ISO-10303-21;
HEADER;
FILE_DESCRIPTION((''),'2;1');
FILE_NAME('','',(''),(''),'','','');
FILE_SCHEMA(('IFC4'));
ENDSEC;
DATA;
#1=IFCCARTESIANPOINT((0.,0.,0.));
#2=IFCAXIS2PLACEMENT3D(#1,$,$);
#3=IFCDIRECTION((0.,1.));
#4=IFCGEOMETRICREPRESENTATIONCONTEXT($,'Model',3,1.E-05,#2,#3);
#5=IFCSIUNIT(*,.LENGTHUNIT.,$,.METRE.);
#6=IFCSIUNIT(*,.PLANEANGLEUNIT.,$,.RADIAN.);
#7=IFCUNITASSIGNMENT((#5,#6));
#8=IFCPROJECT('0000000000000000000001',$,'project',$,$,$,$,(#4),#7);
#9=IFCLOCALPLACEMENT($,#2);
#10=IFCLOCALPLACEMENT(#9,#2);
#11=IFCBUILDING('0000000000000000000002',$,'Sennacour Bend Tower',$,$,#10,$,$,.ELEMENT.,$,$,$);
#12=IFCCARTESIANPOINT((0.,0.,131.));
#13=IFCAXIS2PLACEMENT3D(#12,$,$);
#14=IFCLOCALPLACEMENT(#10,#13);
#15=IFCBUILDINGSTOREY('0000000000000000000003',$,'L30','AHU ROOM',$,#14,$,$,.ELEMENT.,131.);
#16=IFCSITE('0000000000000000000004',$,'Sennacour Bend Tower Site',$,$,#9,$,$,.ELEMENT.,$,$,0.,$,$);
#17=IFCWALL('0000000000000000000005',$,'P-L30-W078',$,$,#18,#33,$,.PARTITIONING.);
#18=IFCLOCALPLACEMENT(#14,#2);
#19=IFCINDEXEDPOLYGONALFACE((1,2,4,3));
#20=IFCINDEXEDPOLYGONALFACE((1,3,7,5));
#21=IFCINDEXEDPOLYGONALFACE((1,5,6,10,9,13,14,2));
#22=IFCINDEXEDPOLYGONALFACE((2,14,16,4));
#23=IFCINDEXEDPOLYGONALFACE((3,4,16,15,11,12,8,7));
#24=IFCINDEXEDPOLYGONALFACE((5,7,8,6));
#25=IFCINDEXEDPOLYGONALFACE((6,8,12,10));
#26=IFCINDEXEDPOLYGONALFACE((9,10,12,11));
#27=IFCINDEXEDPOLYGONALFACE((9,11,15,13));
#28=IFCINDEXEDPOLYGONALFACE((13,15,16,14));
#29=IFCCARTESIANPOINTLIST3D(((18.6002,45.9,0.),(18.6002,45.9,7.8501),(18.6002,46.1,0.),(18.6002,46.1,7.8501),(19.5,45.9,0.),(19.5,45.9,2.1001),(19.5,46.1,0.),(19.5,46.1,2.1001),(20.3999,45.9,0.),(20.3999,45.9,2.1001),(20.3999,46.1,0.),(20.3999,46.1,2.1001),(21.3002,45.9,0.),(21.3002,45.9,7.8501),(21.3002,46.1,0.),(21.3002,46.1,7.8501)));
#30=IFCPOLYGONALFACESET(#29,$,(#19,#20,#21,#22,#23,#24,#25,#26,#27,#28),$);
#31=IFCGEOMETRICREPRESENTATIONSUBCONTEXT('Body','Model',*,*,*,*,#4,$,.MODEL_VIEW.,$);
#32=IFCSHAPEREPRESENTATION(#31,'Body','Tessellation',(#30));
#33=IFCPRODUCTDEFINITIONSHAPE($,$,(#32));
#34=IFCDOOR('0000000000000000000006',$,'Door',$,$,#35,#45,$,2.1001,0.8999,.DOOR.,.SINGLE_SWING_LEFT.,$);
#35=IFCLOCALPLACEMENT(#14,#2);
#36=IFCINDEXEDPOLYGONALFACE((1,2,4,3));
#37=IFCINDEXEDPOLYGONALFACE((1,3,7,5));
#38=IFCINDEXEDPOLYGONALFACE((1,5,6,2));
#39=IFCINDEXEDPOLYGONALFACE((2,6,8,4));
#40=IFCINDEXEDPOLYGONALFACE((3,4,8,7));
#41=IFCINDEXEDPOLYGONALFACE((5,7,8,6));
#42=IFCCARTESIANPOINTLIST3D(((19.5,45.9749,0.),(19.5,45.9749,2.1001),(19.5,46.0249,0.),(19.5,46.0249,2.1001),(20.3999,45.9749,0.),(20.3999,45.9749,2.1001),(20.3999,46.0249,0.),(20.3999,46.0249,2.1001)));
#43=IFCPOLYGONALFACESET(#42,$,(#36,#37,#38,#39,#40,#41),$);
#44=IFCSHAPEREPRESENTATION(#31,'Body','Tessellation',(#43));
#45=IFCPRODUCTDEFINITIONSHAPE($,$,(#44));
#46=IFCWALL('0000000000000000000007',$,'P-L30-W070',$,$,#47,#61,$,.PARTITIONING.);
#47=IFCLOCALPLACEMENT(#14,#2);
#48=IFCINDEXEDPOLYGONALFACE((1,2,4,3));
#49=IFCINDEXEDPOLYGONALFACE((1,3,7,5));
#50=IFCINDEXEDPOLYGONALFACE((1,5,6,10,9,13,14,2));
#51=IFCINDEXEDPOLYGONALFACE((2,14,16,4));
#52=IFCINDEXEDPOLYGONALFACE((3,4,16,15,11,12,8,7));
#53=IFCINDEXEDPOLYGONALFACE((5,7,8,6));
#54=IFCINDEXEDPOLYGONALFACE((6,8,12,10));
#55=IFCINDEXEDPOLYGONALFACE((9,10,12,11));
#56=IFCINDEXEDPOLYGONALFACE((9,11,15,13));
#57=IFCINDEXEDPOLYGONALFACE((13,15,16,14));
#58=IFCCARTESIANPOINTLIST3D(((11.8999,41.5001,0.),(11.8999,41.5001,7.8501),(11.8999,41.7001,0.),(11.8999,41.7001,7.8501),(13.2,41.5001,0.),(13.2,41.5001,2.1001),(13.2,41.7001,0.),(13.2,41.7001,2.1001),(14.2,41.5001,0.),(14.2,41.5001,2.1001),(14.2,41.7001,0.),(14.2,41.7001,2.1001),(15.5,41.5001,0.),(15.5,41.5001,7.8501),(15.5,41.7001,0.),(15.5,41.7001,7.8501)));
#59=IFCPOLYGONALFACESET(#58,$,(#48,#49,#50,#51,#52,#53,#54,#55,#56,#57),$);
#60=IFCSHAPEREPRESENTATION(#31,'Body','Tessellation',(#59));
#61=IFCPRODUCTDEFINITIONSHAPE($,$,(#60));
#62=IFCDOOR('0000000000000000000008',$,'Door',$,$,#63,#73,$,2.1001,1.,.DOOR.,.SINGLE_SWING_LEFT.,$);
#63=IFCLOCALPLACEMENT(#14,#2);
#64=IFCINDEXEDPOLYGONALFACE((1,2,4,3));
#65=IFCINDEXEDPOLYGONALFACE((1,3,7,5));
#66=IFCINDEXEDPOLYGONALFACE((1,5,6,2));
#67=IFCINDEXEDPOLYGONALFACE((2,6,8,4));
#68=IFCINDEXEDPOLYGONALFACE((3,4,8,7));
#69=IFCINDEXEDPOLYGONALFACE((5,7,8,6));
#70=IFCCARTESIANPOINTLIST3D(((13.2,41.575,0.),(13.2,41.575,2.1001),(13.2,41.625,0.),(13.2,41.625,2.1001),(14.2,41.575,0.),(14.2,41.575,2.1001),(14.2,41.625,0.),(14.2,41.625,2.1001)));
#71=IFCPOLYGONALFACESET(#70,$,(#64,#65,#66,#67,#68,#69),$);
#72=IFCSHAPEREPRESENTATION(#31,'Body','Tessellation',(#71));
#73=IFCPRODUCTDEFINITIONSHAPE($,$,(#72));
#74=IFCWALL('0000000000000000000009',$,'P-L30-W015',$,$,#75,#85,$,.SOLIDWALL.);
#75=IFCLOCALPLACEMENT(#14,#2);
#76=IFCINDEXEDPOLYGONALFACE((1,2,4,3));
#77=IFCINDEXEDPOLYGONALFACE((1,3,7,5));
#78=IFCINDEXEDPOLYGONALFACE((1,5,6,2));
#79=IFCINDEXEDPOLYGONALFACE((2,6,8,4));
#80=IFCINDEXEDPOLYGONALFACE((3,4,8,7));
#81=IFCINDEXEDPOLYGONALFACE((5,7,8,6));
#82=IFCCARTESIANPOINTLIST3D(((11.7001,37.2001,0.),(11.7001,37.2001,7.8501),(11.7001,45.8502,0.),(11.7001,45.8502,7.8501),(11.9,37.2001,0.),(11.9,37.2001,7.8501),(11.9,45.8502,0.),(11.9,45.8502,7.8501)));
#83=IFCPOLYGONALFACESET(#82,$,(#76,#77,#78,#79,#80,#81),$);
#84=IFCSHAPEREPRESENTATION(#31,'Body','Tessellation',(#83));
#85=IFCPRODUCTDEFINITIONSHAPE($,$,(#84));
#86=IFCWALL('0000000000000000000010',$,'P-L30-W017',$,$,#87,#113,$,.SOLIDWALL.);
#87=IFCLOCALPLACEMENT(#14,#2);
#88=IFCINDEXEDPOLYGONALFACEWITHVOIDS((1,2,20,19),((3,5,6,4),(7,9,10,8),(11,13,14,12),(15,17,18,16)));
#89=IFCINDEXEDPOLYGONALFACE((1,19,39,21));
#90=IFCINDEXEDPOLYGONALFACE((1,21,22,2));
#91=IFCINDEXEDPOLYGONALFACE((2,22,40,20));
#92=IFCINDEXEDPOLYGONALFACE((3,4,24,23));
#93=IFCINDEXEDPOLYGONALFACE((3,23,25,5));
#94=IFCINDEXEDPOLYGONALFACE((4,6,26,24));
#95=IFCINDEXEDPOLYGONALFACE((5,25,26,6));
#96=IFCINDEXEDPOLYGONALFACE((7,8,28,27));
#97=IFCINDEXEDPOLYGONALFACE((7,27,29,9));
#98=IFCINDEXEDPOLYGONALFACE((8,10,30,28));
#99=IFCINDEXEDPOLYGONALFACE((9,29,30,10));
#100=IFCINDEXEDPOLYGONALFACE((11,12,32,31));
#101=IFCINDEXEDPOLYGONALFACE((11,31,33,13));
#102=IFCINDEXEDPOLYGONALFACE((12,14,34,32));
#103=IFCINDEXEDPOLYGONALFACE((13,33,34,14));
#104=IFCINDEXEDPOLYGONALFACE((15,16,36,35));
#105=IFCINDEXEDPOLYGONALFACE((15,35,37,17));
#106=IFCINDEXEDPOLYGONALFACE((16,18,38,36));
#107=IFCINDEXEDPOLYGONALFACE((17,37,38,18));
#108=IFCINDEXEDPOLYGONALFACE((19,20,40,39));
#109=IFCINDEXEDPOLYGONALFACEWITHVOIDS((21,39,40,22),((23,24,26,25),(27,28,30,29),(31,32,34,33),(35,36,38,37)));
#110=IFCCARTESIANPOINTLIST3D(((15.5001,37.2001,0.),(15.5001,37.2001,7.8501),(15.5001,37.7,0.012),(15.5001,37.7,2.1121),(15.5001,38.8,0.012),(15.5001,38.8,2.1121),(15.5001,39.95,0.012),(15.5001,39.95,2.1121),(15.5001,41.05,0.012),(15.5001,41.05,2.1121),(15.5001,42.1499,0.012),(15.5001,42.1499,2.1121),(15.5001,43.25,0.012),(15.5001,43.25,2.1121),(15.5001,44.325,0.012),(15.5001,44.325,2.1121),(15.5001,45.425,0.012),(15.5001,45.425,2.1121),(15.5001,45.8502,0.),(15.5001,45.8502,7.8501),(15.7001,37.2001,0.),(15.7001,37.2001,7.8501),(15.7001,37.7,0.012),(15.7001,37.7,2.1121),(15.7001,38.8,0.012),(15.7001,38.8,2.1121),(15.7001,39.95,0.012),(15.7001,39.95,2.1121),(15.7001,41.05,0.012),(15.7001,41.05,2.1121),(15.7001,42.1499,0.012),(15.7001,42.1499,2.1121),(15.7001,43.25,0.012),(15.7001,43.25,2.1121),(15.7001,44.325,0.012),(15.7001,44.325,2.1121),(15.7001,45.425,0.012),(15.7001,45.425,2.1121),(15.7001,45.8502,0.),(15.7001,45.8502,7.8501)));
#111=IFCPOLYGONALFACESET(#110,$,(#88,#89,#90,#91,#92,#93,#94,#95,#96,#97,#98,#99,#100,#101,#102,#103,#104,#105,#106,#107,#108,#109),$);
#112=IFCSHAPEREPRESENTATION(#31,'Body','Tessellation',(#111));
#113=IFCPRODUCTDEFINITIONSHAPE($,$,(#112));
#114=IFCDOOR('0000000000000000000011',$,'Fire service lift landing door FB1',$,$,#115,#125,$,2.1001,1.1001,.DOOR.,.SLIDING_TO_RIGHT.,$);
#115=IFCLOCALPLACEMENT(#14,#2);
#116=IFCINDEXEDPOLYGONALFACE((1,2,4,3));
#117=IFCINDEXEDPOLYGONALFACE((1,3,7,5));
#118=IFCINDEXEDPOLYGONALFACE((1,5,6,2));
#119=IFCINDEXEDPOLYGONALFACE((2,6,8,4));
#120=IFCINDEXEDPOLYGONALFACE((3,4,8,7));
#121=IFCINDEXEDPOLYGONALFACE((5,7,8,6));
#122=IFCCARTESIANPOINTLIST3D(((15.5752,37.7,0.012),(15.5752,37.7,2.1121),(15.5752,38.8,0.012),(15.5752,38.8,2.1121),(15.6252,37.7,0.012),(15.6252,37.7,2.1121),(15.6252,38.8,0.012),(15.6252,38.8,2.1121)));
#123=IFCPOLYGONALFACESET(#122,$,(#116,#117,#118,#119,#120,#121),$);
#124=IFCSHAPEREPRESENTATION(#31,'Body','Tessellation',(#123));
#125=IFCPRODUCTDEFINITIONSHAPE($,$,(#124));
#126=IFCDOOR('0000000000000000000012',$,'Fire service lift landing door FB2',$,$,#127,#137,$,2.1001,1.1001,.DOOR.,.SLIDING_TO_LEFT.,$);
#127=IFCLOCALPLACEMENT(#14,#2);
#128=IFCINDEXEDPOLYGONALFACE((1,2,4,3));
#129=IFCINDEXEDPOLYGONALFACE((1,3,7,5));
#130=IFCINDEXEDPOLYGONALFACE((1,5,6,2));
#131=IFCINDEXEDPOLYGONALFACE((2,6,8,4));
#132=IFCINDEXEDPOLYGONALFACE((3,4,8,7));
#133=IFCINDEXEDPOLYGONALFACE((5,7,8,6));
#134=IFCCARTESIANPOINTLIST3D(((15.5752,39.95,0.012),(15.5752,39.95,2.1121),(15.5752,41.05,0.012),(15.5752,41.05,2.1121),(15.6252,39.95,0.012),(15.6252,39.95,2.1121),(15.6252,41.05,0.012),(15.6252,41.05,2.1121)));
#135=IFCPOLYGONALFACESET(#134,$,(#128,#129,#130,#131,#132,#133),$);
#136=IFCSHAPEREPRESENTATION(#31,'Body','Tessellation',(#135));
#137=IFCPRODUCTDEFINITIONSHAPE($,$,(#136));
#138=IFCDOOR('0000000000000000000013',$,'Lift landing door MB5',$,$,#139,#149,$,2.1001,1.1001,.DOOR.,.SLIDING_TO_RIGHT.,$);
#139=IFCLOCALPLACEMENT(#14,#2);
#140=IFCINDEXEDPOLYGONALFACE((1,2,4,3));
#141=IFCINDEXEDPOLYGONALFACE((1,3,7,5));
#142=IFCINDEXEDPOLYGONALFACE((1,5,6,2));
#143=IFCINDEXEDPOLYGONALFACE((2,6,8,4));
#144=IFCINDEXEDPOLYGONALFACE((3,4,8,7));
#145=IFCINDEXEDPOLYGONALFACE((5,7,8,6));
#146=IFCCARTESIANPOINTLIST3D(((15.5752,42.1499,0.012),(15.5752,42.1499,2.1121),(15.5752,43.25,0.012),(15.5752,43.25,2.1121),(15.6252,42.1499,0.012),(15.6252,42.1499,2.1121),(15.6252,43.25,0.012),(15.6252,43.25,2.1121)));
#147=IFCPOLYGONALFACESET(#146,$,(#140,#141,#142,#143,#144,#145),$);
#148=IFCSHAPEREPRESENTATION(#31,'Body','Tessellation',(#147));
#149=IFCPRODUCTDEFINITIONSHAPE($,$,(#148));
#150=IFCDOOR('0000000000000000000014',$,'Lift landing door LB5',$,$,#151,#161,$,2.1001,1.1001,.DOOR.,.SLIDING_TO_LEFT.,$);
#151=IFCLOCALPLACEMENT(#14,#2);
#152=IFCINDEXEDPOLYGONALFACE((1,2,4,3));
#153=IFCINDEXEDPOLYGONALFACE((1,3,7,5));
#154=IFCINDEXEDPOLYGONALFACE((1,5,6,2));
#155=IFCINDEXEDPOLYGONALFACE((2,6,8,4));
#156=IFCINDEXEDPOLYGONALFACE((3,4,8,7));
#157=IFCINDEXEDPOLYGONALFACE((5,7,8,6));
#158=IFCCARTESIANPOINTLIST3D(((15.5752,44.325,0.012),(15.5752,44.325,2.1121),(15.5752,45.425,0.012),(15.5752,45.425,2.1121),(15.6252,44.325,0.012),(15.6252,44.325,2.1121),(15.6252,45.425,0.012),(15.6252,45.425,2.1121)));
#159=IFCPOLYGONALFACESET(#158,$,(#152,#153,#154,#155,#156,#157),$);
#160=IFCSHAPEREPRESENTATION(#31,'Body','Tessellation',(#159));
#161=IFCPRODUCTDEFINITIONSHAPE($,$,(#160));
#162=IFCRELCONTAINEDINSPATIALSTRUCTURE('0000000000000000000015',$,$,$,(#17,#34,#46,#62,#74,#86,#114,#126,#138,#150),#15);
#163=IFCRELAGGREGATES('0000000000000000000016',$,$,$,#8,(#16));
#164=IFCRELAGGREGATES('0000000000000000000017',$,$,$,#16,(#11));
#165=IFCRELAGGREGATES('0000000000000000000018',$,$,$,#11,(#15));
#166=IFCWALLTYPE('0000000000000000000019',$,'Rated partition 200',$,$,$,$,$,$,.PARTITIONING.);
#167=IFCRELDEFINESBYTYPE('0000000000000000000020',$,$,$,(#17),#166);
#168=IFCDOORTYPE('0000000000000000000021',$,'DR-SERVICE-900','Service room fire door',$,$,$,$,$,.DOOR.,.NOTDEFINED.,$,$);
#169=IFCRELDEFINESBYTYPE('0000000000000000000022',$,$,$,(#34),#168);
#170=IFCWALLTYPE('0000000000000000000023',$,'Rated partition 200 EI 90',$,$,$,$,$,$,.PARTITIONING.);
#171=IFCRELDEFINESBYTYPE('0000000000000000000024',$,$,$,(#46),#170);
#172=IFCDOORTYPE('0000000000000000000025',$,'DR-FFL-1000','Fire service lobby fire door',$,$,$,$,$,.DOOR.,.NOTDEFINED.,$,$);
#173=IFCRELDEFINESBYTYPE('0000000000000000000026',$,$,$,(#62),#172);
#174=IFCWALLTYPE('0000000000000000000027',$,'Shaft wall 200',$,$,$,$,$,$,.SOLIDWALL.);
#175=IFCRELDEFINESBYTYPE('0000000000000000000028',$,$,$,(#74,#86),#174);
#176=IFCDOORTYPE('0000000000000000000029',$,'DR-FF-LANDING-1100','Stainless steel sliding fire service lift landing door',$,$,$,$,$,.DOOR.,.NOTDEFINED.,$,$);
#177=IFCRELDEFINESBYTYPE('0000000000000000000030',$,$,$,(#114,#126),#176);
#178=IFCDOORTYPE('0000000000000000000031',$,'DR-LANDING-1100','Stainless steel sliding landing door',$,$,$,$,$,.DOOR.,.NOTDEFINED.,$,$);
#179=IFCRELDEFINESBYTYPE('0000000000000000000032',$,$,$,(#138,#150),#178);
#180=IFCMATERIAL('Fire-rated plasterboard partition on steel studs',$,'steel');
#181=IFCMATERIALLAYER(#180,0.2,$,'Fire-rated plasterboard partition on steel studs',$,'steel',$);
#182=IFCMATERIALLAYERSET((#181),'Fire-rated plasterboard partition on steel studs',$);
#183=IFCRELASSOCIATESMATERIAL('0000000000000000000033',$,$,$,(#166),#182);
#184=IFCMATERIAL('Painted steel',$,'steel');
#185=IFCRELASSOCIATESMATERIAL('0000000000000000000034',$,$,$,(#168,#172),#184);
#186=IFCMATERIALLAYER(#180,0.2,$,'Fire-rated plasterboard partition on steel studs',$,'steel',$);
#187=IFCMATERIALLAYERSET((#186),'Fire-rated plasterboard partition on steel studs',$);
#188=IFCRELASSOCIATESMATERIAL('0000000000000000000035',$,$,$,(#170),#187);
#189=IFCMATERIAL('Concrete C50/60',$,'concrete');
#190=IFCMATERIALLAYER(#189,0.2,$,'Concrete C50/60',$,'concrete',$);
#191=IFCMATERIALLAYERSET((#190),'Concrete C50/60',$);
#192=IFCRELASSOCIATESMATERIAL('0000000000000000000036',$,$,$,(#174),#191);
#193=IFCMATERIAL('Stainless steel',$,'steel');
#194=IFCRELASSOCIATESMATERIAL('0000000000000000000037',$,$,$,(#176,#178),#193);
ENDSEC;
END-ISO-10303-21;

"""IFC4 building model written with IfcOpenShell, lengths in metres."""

from ifc_helpers import new_model, si_unit, direction, frame, frame_2d, origin, place, context, subcontext, project, spatial, rectangle, extrude, material, layer, layer_set, type_object, element, fill, save


model = new_model("IFC4")

# Units and contexts
model_context = context("Model", 3, precision=1e-05, world=origin(), true_north=direction((0.0, 1.0)))
body_context = subcontext(model_context, "Body", "Model", "MODEL_VIEW")
ifc_project = project(units=[si_unit("LENGTHUNIT", "METRE"), si_unit("PLANEANGLEUNIT", "RADIAN")], contexts=[model_context])

# Site, building, storey
site_placement = place(None, origin())
site = spatial("IfcSite", under=ifc_project, at=site_placement, Name="Sennacour Bend Tower Site", CompositionType="ELEMENT", RefElevation=0.0)
building_placement = place(site_placement, origin())
building = spatial("IfcBuilding", under=site, at=building_placement, Name="Sennacour Bend Tower", CompositionType="ELEMENT")
storey_placement = place(building_placement, frame((0.0, 0.0, 131.0)))
storey = spatial("IfcBuildingStorey", under=building, at=storey_placement, Name="L30", Description="AHU ROOM", CompositionType="ELEMENT", Elevation=131.0)

# Walls, openings, doors
ifc_material_1 = material(Name="Fire-rated plasterboard partition on steel studs", Category="steel")
ifc_layer_1 = layer(ifc_material_1, 0.2, Name="Fire-rated plasterboard partition on steel studs", Category="steel")
ifc_layer_set_1 = layer_set([ifc_layer_1], Name="Fire-rated plasterboard partition on steel studs")
wall_type_1 = type_object("IfcWallType", Name="Rated partition 200", PredefinedType="PARTITIONING", material=ifc_layer_set_1)
wall_1_placement = place(storey_placement, frame((18.6001, 46.0, 0.0), z_axis=(0.0, 0.0, 1.0), x_axis=(1.0, 0.0, 0.0)))
wall_1 = element("IfcWall", 1, at=wall_1_placement, inside=storey, type_object=wall_type_1, Name="P-L30-W078", PredefinedType="PARTITIONING", context=body_context, shape_type="SweptSolid", body=[
    extrude(rectangle(XDim=2.7, YDim=0.2, at=frame_2d((1.3501, 0.0))), origin(), (0.0, 0.0, 1.0), 7.8501),
])
opening_1_placement = place(wall_1_placement, frame((0.8999, 0.0, 0.0)))
opening_1 = element("IfcOpeningElement", 2, at=opening_1_placement, cuts=wall_1, PredefinedType="OPENING", context=body_context, shape_type="SweptSolid", body=[
    extrude(rectangle(XDim=0.8999, YDim=2.1001, at=frame_2d((0.45, 1.05))), frame((0.0, 0.1099, 0.0), z_axis=(0.0, -1.0, 0.0), x_axis=(1.0, 0.0, 0.0)), (0.0, 0.0, 1.0), 0.22),
])
ifc_material_2 = material(Name="Painted steel", Category="steel")
door_type_1 = type_object("IfcDoorType", Name="DR-SERVICE-900", Description="Service room fire door", OperationType="NOTDEFINED", PredefinedType="DOOR", material=ifc_material_2)
door_1_placement = place(opening_1_placement, origin())
door_1 = element("IfcDoor", 3, at=door_1_placement, inside=storey, type_object=door_type_1, Name="Door", OperationType="SINGLE_SWING_LEFT", OverallHeight=2.1001, OverallWidth=0.8999, PredefinedType="DOOR", context=body_context, shape_type="SweptSolid", body=[
    extrude(rectangle(XDim=0.8999, YDim=2.1001, at=frame_2d((0.45, 1.05))), frame((0.0, 0.0249, 0.0), z_axis=(0.0, -1.0, 0.0), x_axis=(1.0, 0.0, 0.0)), (0.0, 0.0, 1.0), 0.05),
])
fill(opening_1, door_1)
ifc_layer_2 = layer(ifc_material_1, 0.2, Name="Fire-rated plasterboard partition on steel studs", Category="steel")
ifc_layer_set_2 = layer_set([ifc_layer_2], Name="Fire-rated plasterboard partition on steel studs")
wall_type_2 = type_object("IfcWallType", Name="Rated partition 200 EI 90", PredefinedType="PARTITIONING", material=ifc_layer_set_2)
wall_2_placement = place(storey_placement, frame((11.8999, 41.6001, 0.0), z_axis=(0.0, 0.0, 1.0), x_axis=(1.0, 0.0, 0.0)))
wall_2 = element("IfcWall", 4, at=wall_2_placement, inside=storey, type_object=wall_type_2, Name="P-L30-W070", PredefinedType="PARTITIONING", context=body_context, shape_type="SweptSolid", body=[
    extrude(rectangle(XDim=3.6001, YDim=0.2, at=frame_2d((1.8, 0.0))), origin(), (0.0, 0.0, 1.0), 7.8501),
])
opening_2_placement = place(wall_2_placement, frame((1.3, 0.0, 0.0)))
opening_2 = element("IfcOpeningElement", 5, at=opening_2_placement, cuts=wall_2, PredefinedType="OPENING", context=body_context, shape_type="SweptSolid", body=[
    extrude(rectangle(XDim=1.0, YDim=2.1001, at=frame_2d((0.5, 1.05))), frame((0.0, 0.1099, 0.0), z_axis=(0.0, -1.0, 0.0), x_axis=(1.0, 0.0, 0.0)), (0.0, 0.0, 1.0), 0.22),
])
door_type_2 = type_object("IfcDoorType", Name="DR-FFL-1000", Description="Fire service lobby fire door", OperationType="NOTDEFINED", PredefinedType="DOOR", material=ifc_material_2)
door_2_placement = place(opening_2_placement, origin())
door_2 = element("IfcDoor", 6, at=door_2_placement, inside=storey, type_object=door_type_2, Name="Door", OperationType="SINGLE_SWING_LEFT", OverallHeight=2.1001, OverallWidth=1.0, PredefinedType="DOOR", context=body_context, shape_type="SweptSolid", body=[
    extrude(rectangle(XDim=1.0, YDim=2.1001, at=frame_2d((0.5, 1.05))), frame((0.0, 0.0249, 0.0), z_axis=(0.0, -1.0, 0.0), x_axis=(1.0, 0.0, 0.0)), (0.0, 0.0, 1.0), 0.05),
])
fill(opening_2, door_2)

# Wall
ifc_material_3 = material(Name="Concrete C50/60", Category="concrete")
ifc_layer_3 = layer(ifc_material_3, 0.2, Name="Concrete C50/60", Category="concrete")
ifc_layer_set_3 = layer_set([ifc_layer_3], Name="Concrete C50/60")
wall_type_3 = type_object("IfcWallType", Name="Shaft wall 200", PredefinedType="SOLIDWALL", material=ifc_layer_set_3)
wall_3_placement = place(storey_placement, frame((11.8, 37.2, 0.0), z_axis=(0.0, 0.0, 1.0), x_axis=(0.0, 1.0, 0.0)))
element("IfcWall", 7, at=wall_3_placement, inside=storey, type_object=wall_type_3, Name="P-L30-W015", PredefinedType="SOLIDWALL", context=body_context, shape_type="SweptSolid", body=[
    extrude(rectangle(XDim=8.6501, YDim=0.2, at=frame_2d((4.3252, 0.0))), origin(), (0.0, 0.0, 1.0), 7.8501),
])

# Wall, openings, doors
wall_4_placement = place(storey_placement, frame((15.6001, 37.2, 0.0), z_axis=(0.0, 0.0, 1.0), x_axis=(0.0, 1.0, 0.0)))
wall_4 = element("IfcWall", 8, at=wall_4_placement, inside=storey, type_object=wall_type_3, Name="P-L30-W017", PredefinedType="SOLIDWALL", context=body_context, shape_type="SweptSolid", body=[
    extrude(rectangle(XDim=8.6501, YDim=0.2, at=frame_2d((4.3252, 0.0))), origin(), (0.0, 0.0, 1.0), 7.8501),
])
opening_3_placement = place(wall_4_placement, frame((0.5, 0.0, 0.012)))
opening_3 = element("IfcOpeningElement", 9, at=opening_3_placement, cuts=wall_4, PredefinedType="OPENING", context=body_context, shape_type="SweptSolid", body=[
    extrude(rectangle(XDim=1.1001, YDim=2.1001, at=frame_2d((0.55, 1.05))), frame((0.0, 0.1099, 0.0), z_axis=(0.0, -1.0, 0.0), x_axis=(1.0, 0.0, 0.0)), (0.0, 0.0, 1.0), 0.22),
])
opening_4_placement = place(wall_4_placement, frame((2.75, 0.0, 0.012)))
opening_4 = element("IfcOpeningElement", 10, at=opening_4_placement, cuts=wall_4, PredefinedType="OPENING", context=body_context, shape_type="SweptSolid", body=[
    extrude(rectangle(XDim=1.1001, YDim=2.1001, at=frame_2d((0.55, 1.05))), frame((0.0, 0.1099, 0.0), z_axis=(0.0, -1.0, 0.0), x_axis=(1.0, 0.0, 0.0)), (0.0, 0.0, 1.0), 0.22),
])
opening_5_placement = place(wall_4_placement, frame((4.95, 0.0, 0.012)))
opening_5 = element("IfcOpeningElement", 11, at=opening_5_placement, cuts=wall_4, PredefinedType="OPENING", context=body_context, shape_type="SweptSolid", body=[
    extrude(rectangle(XDim=1.1001, YDim=2.1001, at=frame_2d((0.55, 1.05))), frame((0.0, 0.1099, 0.0), z_axis=(0.0, -1.0, 0.0), x_axis=(1.0, 0.0, 0.0)), (0.0, 0.0, 1.0), 0.22),
])
opening_6_placement = place(wall_4_placement, frame((7.125, 0.0, 0.012)))
opening_6 = element("IfcOpeningElement", 12, at=opening_6_placement, cuts=wall_4, PredefinedType="OPENING", context=body_context, shape_type="SweptSolid", body=[
    extrude(rectangle(XDim=1.1001, YDim=2.1001, at=frame_2d((0.55, 1.05))), frame((0.0, 0.1099, 0.0), z_axis=(0.0, -1.0, 0.0), x_axis=(1.0, 0.0, 0.0)), (0.0, 0.0, 1.0), 0.22),
])
ifc_material_4 = material(Name="Stainless steel", Category="steel")
door_type_3 = type_object("IfcDoorType", Name="DR-FF-LANDING-1100", Description="Stainless steel sliding fire service lift landing door", OperationType="NOTDEFINED", PredefinedType="DOOR", material=ifc_material_4)
door_3_placement = place(opening_3_placement, origin())
door_3 = element("IfcDoor", 13, at=door_3_placement, inside=storey, type_object=door_type_3, Name="Fire service lift landing door FB1", OperationType="SLIDING_TO_RIGHT", OverallHeight=2.1001, OverallWidth=1.1001, PredefinedType="DOOR", context=body_context, shape_type="SweptSolid", body=[
    extrude(rectangle(XDim=1.1001, YDim=2.1001, at=frame_2d((0.55, 1.05))), frame((0.0, 0.0249, 0.0), z_axis=(0.0, -1.0, 0.0), x_axis=(1.0, 0.0, 0.0)), (0.0, 0.0, 1.0), 0.05),
])
fill(opening_3, door_3)
door_4_placement = place(opening_4_placement, origin())
door_4 = element("IfcDoor", 14, at=door_4_placement, inside=storey, type_object=door_type_3, Name="Fire service lift landing door FB2", OperationType="SLIDING_TO_LEFT", OverallHeight=2.1001, OverallWidth=1.1001, PredefinedType="DOOR", context=body_context, shape_type="SweptSolid", body=[
    extrude(rectangle(XDim=1.1001, YDim=2.1001, at=frame_2d((0.55, 1.05))), frame((0.0, 0.0249, 0.0), z_axis=(0.0, -1.0, 0.0), x_axis=(1.0, 0.0, 0.0)), (0.0, 0.0, 1.0), 0.05),
])
fill(opening_4, door_4)
door_type_4 = type_object("IfcDoorType", Name="DR-LANDING-1100", Description="Stainless steel sliding landing door", OperationType="NOTDEFINED", PredefinedType="DOOR", material=ifc_material_4)
door_5_placement = place(opening_5_placement, origin())
door_5 = element("IfcDoor", 15, at=door_5_placement, inside=storey, type_object=door_type_4, Name="Lift landing door MB5", OperationType="SLIDING_TO_RIGHT", OverallHeight=2.1001, OverallWidth=1.1001, PredefinedType="DOOR", context=body_context, shape_type="SweptSolid", body=[
    extrude(rectangle(XDim=1.1001, YDim=2.1001, at=frame_2d((0.55, 1.05))), frame((0.0, 0.0249, 0.0), z_axis=(0.0, -1.0, 0.0), x_axis=(1.0, 0.0, 0.0)), (0.0, 0.0, 1.0), 0.05),
])
fill(opening_5, door_5)
door_6_placement = place(opening_6_placement, origin())
door_6 = element("IfcDoor", 16, at=door_6_placement, inside=storey, type_object=door_type_4, Name="Lift landing door LB5", OperationType="SLIDING_TO_LEFT", OverallHeight=2.1001, OverallWidth=1.1001, PredefinedType="DOOR", context=body_context, shape_type="SweptSolid", body=[
    extrude(rectangle(XDim=1.1001, YDim=2.1001, at=frame_2d((0.55, 1.05))), frame((0.0, 0.0249, 0.0), z_axis=(0.0, -1.0, 0.0), x_axis=(1.0, 0.0, 0.0)), (0.0, 0.0, 1.0), 0.05),
])
fill(opening_6, door_6)

save(model, "model.ifc")
